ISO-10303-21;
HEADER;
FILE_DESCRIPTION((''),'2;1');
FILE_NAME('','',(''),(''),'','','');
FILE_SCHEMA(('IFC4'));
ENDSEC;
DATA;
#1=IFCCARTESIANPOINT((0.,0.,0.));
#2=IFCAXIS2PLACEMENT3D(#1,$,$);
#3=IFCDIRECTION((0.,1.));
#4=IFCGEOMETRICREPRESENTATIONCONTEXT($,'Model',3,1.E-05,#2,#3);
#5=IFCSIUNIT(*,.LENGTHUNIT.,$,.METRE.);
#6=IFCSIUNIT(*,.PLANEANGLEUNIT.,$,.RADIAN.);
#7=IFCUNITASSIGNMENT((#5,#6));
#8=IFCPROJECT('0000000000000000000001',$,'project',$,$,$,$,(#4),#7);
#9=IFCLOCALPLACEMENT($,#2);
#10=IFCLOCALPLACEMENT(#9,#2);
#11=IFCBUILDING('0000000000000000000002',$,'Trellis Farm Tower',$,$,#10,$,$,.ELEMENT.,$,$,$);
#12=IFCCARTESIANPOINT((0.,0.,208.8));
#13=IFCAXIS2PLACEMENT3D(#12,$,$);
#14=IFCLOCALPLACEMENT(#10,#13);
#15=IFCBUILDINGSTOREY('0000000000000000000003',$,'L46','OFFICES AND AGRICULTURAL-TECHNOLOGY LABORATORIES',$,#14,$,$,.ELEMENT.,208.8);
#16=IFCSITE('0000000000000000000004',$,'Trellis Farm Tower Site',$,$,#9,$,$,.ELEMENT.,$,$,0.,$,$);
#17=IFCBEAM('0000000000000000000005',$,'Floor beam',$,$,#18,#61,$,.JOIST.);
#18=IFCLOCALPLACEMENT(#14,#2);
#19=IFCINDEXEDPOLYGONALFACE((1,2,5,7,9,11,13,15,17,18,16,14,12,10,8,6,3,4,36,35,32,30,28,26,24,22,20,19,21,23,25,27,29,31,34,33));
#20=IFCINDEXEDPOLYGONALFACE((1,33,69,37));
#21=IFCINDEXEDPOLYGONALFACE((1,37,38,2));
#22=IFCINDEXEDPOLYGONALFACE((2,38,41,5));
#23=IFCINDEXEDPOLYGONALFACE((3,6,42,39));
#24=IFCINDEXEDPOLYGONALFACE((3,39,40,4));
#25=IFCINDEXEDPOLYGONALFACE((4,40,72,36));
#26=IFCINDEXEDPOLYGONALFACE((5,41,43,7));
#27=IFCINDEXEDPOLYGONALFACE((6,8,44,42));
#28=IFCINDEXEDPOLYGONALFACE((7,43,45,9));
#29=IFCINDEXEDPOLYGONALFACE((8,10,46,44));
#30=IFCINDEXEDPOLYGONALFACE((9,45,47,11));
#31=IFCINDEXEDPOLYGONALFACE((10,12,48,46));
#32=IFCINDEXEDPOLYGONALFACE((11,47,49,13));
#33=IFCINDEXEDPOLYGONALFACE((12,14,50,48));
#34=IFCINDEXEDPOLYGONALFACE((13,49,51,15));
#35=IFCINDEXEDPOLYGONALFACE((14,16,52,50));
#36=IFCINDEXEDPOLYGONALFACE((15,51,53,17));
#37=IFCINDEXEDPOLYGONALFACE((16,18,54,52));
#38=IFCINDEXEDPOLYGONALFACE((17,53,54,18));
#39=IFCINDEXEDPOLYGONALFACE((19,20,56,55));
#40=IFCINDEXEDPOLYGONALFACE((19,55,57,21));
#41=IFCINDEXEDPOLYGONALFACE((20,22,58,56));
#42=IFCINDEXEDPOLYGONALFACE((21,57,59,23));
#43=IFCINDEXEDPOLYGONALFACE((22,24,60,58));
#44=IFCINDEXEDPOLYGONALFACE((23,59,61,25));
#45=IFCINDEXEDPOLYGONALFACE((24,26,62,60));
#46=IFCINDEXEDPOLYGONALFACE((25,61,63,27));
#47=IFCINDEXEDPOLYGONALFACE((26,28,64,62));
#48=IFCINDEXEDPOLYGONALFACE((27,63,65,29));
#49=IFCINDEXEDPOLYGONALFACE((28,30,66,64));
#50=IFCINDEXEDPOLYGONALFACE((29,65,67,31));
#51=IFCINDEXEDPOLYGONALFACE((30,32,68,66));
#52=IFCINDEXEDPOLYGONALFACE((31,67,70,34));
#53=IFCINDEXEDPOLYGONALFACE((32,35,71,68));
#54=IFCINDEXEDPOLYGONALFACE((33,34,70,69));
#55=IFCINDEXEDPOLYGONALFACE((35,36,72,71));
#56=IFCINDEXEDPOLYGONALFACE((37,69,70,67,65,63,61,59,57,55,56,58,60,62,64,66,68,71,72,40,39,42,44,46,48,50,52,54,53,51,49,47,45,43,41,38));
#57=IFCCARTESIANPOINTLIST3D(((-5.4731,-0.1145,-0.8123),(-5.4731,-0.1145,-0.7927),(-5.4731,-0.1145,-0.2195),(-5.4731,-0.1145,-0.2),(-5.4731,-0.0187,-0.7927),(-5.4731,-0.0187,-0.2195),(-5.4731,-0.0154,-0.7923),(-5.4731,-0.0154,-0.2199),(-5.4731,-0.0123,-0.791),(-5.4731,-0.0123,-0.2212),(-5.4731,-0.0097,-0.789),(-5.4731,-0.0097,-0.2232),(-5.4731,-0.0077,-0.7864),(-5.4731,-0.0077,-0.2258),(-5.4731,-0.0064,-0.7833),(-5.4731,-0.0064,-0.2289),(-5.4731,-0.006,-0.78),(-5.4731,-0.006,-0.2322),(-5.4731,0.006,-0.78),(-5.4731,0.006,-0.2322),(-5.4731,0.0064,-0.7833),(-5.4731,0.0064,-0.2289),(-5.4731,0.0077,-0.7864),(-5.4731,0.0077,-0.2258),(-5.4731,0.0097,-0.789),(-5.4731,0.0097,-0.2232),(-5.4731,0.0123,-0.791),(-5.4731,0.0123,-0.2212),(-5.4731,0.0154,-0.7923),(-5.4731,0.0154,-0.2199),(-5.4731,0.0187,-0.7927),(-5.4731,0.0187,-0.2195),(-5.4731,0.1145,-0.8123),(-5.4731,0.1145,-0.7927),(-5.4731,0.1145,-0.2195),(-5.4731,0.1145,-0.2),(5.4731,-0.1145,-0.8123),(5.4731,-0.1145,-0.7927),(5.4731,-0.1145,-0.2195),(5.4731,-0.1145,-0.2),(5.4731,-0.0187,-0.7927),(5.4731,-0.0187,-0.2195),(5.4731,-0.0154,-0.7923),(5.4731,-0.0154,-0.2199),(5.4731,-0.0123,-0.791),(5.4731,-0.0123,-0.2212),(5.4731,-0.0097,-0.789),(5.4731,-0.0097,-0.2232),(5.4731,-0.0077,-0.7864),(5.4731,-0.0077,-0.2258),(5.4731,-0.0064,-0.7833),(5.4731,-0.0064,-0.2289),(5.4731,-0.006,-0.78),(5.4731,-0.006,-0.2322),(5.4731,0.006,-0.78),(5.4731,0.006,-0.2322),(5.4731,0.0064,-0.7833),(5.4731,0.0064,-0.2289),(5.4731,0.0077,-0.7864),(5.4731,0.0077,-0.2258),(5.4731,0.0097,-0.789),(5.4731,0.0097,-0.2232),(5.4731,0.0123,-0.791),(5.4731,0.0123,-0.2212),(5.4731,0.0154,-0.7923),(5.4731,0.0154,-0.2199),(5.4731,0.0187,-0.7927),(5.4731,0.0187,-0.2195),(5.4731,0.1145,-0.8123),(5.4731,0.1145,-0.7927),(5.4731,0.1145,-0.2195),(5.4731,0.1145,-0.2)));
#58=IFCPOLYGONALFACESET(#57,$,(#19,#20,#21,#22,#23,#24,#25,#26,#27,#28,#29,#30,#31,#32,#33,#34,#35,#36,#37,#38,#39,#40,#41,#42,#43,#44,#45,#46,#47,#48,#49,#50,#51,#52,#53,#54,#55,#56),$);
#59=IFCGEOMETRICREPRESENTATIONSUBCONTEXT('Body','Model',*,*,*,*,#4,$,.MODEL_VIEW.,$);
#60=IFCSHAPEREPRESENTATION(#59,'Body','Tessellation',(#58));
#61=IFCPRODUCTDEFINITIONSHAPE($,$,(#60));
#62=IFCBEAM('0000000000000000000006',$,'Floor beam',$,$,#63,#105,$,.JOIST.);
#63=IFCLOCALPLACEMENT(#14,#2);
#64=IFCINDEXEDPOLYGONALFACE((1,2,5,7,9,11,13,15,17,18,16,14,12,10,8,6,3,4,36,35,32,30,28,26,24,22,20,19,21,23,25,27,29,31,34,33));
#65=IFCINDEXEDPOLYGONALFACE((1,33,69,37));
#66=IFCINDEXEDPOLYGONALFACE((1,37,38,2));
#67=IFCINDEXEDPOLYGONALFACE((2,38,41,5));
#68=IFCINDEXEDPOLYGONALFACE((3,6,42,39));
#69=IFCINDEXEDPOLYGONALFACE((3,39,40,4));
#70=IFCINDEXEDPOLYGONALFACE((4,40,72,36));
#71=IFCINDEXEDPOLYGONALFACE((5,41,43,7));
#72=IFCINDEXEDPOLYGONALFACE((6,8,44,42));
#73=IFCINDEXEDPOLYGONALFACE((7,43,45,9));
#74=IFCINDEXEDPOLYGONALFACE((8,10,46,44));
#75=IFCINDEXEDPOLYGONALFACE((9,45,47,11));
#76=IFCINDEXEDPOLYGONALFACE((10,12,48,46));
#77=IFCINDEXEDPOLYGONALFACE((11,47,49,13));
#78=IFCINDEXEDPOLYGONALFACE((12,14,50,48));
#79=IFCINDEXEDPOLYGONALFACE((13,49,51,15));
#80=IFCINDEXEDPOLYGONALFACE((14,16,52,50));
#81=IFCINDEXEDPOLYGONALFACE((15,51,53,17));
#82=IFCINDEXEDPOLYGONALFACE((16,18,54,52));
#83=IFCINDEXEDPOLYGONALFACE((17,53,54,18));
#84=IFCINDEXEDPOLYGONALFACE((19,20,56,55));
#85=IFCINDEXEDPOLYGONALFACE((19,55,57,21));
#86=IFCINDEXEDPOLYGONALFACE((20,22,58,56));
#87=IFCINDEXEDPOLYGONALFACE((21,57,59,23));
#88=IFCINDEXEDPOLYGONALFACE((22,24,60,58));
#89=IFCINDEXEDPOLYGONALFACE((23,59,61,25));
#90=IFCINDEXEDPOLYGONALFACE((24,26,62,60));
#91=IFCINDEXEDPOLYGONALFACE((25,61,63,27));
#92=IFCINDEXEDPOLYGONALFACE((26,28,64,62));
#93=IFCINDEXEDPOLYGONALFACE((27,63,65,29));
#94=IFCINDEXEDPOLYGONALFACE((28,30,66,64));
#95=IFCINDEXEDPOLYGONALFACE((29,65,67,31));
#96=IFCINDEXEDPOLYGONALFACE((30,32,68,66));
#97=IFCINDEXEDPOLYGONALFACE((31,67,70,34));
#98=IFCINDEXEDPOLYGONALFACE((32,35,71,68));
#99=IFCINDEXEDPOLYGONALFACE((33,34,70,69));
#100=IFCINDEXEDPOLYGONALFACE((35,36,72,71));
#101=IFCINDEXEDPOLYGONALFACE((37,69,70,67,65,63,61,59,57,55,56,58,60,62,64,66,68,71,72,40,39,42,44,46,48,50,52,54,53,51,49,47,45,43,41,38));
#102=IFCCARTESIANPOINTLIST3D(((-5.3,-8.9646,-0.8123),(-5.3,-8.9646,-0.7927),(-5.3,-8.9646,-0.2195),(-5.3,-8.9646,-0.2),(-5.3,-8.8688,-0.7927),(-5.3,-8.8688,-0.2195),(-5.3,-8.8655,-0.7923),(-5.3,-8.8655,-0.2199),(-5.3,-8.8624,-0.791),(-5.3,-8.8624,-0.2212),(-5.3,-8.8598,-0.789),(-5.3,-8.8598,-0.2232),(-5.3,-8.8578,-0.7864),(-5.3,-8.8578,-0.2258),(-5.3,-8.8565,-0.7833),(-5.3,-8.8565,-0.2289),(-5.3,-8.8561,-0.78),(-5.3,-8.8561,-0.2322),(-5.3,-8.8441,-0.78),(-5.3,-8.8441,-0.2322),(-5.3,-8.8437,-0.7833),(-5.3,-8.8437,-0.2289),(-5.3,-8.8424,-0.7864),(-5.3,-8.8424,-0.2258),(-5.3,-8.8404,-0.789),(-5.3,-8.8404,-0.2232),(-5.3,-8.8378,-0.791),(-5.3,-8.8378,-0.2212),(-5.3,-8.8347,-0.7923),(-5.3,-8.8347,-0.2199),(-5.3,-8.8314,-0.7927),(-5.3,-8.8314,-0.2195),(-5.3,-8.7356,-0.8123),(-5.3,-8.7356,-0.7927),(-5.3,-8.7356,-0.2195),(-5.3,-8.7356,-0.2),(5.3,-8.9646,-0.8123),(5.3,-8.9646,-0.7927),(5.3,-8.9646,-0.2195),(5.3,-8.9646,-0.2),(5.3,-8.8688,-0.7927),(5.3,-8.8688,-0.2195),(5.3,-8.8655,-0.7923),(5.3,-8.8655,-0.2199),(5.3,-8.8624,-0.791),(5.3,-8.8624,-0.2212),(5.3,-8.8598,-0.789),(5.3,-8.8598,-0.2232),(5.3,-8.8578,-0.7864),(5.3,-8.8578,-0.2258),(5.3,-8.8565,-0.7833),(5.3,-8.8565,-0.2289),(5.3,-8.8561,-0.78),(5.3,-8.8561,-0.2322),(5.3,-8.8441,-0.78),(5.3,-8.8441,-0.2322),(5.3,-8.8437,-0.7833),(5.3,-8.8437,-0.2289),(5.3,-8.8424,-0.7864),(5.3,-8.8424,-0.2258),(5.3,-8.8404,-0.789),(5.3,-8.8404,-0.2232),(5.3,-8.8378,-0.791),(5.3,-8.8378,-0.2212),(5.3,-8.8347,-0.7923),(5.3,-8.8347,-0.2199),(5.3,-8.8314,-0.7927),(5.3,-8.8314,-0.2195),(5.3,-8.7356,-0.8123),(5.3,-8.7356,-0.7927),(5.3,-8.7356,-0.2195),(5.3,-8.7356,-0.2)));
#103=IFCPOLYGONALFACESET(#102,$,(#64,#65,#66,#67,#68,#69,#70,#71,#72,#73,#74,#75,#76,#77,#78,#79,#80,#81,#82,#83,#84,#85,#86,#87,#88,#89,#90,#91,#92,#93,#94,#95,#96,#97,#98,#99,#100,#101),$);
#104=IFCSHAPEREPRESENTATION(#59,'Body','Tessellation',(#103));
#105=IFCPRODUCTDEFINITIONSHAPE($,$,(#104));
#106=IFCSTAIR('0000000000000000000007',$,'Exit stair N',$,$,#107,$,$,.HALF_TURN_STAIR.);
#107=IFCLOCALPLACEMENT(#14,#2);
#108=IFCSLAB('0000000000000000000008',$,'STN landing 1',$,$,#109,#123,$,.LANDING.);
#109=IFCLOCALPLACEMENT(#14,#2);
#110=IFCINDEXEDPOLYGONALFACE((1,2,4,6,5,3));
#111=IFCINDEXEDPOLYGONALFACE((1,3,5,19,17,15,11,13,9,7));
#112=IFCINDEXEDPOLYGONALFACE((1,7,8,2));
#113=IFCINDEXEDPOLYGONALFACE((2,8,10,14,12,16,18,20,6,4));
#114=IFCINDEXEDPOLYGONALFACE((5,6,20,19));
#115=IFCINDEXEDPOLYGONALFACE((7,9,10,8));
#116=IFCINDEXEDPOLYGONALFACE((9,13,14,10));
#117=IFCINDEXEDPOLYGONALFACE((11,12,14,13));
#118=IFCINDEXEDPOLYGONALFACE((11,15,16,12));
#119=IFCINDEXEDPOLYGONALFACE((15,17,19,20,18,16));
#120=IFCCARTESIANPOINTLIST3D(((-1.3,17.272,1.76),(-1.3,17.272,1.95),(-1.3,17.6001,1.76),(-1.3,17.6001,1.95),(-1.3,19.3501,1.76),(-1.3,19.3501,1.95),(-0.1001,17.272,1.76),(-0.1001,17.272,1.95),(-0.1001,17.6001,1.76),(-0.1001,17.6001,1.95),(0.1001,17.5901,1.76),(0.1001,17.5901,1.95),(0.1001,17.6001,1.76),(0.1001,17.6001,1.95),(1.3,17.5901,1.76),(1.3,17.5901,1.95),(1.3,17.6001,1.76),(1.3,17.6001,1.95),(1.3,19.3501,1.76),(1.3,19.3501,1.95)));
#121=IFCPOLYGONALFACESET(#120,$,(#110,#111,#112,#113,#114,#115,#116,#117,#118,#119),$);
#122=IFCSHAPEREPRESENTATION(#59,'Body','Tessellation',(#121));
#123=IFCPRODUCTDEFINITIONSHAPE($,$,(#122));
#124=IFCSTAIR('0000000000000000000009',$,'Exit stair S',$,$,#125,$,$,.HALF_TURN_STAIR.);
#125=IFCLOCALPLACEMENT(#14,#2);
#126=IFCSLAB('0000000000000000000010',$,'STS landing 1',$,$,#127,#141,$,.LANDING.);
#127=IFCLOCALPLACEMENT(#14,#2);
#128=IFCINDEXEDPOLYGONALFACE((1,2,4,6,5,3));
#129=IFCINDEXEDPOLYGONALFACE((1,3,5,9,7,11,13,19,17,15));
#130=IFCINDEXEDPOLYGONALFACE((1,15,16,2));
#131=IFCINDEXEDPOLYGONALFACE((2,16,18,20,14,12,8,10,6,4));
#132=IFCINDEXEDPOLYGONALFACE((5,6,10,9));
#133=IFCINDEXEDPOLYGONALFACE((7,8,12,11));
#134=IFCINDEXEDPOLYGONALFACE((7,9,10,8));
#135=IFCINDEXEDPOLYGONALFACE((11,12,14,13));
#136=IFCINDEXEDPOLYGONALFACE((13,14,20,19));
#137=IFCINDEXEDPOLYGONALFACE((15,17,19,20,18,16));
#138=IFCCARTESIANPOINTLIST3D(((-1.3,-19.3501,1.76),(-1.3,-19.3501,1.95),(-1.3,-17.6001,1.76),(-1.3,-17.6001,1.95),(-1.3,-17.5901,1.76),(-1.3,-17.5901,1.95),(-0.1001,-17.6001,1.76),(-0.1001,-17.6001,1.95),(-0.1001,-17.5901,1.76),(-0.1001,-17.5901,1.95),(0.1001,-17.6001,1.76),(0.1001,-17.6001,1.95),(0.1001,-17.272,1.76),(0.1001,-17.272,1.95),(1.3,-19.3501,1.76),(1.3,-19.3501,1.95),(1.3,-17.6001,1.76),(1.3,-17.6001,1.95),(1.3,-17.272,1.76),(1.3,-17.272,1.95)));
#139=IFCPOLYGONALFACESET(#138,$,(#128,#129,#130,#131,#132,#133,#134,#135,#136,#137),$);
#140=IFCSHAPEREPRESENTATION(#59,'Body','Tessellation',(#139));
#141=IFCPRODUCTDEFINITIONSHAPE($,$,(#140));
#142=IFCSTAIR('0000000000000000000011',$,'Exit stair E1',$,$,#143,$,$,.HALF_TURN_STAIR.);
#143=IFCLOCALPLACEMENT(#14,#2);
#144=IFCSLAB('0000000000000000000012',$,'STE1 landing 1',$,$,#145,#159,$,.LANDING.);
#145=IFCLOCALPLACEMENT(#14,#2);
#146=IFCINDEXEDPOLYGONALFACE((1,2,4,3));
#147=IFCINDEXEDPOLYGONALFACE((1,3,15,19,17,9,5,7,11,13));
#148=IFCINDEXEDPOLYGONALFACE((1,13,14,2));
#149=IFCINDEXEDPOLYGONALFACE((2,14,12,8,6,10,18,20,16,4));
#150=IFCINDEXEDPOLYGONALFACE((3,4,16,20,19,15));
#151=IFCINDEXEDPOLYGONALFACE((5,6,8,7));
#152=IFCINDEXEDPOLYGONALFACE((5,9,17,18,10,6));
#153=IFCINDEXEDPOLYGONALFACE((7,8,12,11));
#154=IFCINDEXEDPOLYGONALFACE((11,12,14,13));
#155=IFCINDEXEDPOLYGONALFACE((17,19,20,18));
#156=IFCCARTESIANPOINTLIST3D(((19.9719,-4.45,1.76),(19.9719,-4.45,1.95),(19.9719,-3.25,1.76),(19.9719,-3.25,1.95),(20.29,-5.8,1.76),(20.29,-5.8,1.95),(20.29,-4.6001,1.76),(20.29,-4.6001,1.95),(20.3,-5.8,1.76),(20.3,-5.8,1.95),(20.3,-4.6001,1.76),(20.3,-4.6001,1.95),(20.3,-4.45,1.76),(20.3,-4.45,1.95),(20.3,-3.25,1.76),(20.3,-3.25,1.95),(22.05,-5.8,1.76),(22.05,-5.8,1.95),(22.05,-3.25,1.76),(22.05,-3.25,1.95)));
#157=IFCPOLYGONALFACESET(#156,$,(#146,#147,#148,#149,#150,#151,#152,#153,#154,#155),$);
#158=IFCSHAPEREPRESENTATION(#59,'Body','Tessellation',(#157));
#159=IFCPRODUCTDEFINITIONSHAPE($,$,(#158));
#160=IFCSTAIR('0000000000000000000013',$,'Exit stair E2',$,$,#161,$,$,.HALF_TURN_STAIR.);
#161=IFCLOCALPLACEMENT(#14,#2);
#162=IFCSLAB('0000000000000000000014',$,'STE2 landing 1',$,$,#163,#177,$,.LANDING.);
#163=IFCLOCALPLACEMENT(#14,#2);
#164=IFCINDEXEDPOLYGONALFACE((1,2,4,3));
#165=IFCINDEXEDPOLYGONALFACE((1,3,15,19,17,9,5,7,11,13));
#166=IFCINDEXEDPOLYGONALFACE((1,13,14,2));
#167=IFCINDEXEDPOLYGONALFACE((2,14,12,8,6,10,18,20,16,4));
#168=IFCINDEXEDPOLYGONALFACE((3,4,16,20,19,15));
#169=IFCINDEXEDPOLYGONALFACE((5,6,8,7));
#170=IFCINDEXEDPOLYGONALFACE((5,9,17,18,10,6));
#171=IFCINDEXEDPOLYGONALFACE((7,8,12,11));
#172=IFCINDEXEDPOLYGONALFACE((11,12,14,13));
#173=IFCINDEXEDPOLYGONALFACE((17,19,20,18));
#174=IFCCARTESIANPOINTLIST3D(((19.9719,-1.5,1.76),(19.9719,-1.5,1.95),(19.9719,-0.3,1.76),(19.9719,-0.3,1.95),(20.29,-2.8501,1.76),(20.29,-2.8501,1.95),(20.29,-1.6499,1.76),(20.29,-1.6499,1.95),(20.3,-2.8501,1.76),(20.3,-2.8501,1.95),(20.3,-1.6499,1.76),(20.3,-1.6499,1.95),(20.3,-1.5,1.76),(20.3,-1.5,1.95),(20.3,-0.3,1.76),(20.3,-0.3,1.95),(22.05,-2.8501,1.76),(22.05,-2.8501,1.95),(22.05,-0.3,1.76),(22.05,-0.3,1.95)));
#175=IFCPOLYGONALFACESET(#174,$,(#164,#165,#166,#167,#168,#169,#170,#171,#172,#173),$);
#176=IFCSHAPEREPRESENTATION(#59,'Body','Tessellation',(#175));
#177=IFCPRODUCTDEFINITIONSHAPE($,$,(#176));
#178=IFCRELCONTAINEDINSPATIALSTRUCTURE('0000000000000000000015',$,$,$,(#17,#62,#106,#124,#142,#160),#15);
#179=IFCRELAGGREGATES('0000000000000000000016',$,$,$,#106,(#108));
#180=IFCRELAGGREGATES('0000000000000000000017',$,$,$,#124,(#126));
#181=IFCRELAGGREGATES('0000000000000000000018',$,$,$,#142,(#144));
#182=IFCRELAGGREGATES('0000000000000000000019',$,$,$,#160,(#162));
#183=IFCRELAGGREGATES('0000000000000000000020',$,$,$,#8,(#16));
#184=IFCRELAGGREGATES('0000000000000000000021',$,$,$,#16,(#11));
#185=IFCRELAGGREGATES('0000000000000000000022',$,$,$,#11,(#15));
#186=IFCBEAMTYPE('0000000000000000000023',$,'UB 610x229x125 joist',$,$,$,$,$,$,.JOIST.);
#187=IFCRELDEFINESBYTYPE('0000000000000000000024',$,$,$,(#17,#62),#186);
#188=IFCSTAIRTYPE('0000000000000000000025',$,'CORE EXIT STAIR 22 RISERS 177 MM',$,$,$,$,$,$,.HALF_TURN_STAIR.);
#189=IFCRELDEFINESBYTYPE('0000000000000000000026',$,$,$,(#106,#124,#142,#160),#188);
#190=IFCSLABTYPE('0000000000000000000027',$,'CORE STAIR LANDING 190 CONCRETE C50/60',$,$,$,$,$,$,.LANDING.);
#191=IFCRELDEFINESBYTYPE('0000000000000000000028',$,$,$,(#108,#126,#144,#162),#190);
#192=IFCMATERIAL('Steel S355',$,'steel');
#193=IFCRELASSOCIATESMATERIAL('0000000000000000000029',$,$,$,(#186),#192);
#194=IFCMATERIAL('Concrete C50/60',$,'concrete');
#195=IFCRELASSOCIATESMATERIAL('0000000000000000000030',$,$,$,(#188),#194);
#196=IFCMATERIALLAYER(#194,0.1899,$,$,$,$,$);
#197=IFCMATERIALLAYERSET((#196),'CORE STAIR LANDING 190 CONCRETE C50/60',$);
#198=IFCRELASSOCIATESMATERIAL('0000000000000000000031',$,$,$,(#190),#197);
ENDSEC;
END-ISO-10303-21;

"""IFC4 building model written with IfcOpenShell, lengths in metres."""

from ifc_helpers import new_model, si_unit, direction, frame, origin, origin_2d, place, context, subcontext, project, spatial, polyline, i_section, outline, extrude, source, transform, mapped, material, layer, layer_set, material_profile, profile_set, type_object, element, aggregate, save


model = new_model("IFC4")

# Units and contexts
model_context = context("Model", 3, precision=1e-05, world=origin(), true_north=direction((0.0, 1.0)))
body_context = subcontext(model_context, "Body", "Model", "MODEL_VIEW")
ifc_project = project(units=[si_unit("LENGTHUNIT", "METRE"), si_unit("PLANEANGLEUNIT", "RADIAN")], contexts=[model_context])

# Site, building, storey
site_placement = place(None, origin())
site = spatial("IfcSite", under=ifc_project, at=site_placement, Name="Trellis Farm Tower Site", CompositionType="ELEMENT", RefElevation=0.0)
building_placement = place(site_placement, origin())
building = spatial("IfcBuilding", under=site, at=building_placement, Name="Trellis Farm Tower", CompositionType="ELEMENT")
storey_placement = place(building_placement, frame((0.0, 0.0, 208.8)))
storey = spatial("IfcBuildingStorey", under=building, at=storey_placement, Name="L46", Description="OFFICES AND AGRICULTURAL-TECHNOLOGY LABORATORIES", CompositionType="ELEMENT", Elevation=208.8)

# Beams
ifc_material_1 = material(Name="Steel S355", Category="steel")
ifc_material_profile_1 = material_profile(ifc_material_1, i_section(OverallWidth=0.229, OverallDepth=0.6123, WebThickness=0.012, FlangeThickness=0.0195, FilletRadius=0.0127, at=origin_2d()), Name="UB 610x229x125")
ifc_profile_set_1 = profile_set([ifc_material_profile_1], Name="Steel S355")
beam_type_1 = type_object("IfcBeamType", Name="UB 610x229x125 joist", PredefinedType="JOIST", material=ifc_profile_set_1)
shared_shape_1 = source(origin(), body_context, "Body", "SweptSolid", [
    extrude(i_section(OverallWidth=0.229, OverallDepth=0.6123, WebThickness=0.012, FlangeThickness=0.0195, FilletRadius=0.0127, at=origin_2d()), origin(), (0.0, 0.0, 1.0), 10.9463),
])
for number, where, z_axis, x_axis, name in (
    (1, (-5.4731, 0.0, -0.5061), (1.0, 0.0, 0.0), (0.0, 1.0, 0.0), "Floor beam"),
):
    element("IfcBeam", number, at=place(storey_placement, frame(where, z_axis=z_axis, x_axis=x_axis)), inside=storey, type_object=beam_type_1, Name=name, PredefinedType="JOIST", context=body_context, shape_type="MappedRepresentation", body=[
        mapped(shared_shape_1, transform((0.0, 0.0, 0.0))),
    ])
shared_shape_2 = source(origin(), body_context, "Body", "SweptSolid", [
    extrude(i_section(OverallWidth=0.229, OverallDepth=0.6123, WebThickness=0.012, FlangeThickness=0.0195, FilletRadius=0.0127, at=origin_2d()), origin(), (0.0, 0.0, 1.0), 10.6001),
])
beam_placement = place(storey_placement, frame((-5.3, -8.8501, -0.5061), z_axis=(1.0, 0.0, 0.0), x_axis=(0.0, 1.0, 0.0)))
element("IfcBeam", 2, at=beam_placement, inside=storey, type_object=beam_type_1, Name="Floor beam", PredefinedType="JOIST", context=body_context, shape_type="MappedRepresentation", body=[
    mapped(shared_shape_2, transform((0.0, 0.0, 0.0))),
])

# Stairs, slabs
ifc_material_2 = material(Name="Concrete C50/60", Category="concrete")
stair_type = type_object("IfcStairType", Name="CORE EXIT STAIR 22 RISERS 177 MM", PredefinedType="HALF_TURN_STAIR", material=ifc_material_2)
placement_1 = place(storey_placement, origin())
stair_1 = element("IfcStair", 3, at=placement_1, inside=storey, type_object=stair_type, Name="Exit stair N", PredefinedType="HALF_TURN_STAIR")
ifc_layer_1 = layer(ifc_material_2, 0.1899)
ifc_layer_set_1 = layer_set([ifc_layer_1], Name="CORE STAIR LANDING 190 CONCRETE C50/60")
slab_type_1 = type_object("IfcSlabType", Name="CORE STAIR LANDING 190 CONCRETE C50/60", PredefinedType="LANDING", material=ifc_layer_set_1)
shared_shape_3 = source(origin(), body_context, "Body", "SweptSolid", [
    extrude(outline(polyline([(-0.1001, 17.272), (-1.3, 17.272), (-1.3, 17.6001), (-1.3, 19.3501), (1.3, 19.3501), (1.3, 17.6001), (1.3, 17.5901), (0.1001, 17.5901), (0.1001, 17.6001), (-0.1001, 17.6001), (-0.1001, 17.272)])), origin(), (0.0, 0.0, 1.0), 0.1899),
])
placement_2 = place(storey_placement, frame((0.0, 0.0, 1.76)))
slab_1 = element("IfcSlab", 4, at=placement_2, type_object=slab_type_1, Name="STN landing 1", PredefinedType="LANDING", context=body_context, shape_type="MappedRepresentation", body=[
    mapped(shared_shape_3, transform((0.0, 0.0, 0.0))),
])
aggregate(stair_1, [slab_1])
stair_2 = element("IfcStair", 5, at=placement_1, inside=storey, type_object=stair_type, Name="Exit stair S", PredefinedType="HALF_TURN_STAIR")
shared_shape_4 = source(origin(), body_context, "Body", "SweptSolid", [
    extrude(outline(polyline([(1.3, -19.3501), (-1.3, -19.3501), (-1.3, -17.6001), (-1.3, -17.5901), (-0.1001, -17.5901), (-0.1001, -17.6001), (0.1001, -17.6001), (0.1001, -17.272), (1.3, -17.272), (1.3, -17.6001), (1.3, -19.3501)])), origin(), (0.0, 0.0, 1.0), 0.1899),
])
slab_2 = element("IfcSlab", 6, at=placement_2, type_object=slab_type_1, Name="STS landing 1", PredefinedType="LANDING", context=body_context, shape_type="MappedRepresentation", body=[
    mapped(shared_shape_4, transform((0.0, 0.0, 0.0))),
])
aggregate(stair_2, [slab_2])
stair_3 = element("IfcStair", 7, at=placement_1, inside=storey, type_object=stair_type, Name="Exit stair E1", PredefinedType="HALF_TURN_STAIR")
shared_shape_5 = source(origin(), body_context, "Body", "SweptSolid", [
    extrude(outline(polyline([(20.29, -5.8), (20.29, -4.6001), (20.3, -4.6001), (20.3, -4.45), (19.9719, -4.45), (19.9719, -3.25), (20.3, -3.25), (22.05, -3.25), (22.05, -5.8), (20.3, -5.8), (20.29, -5.8)])), origin(), (0.0, 0.0, 1.0), 0.1899),
])
slab_3 = element("IfcSlab", 8, at=placement_2, type_object=slab_type_1, Name="STE1 landing 1", PredefinedType="LANDING", context=body_context, shape_type="MappedRepresentation", body=[
    mapped(shared_shape_5, transform((0.0, 0.0, 0.0))),
])
aggregate(stair_3, [slab_3])
stair_4 = element("IfcStair", 9, at=placement_1, inside=storey, type_object=stair_type, Name="Exit stair E2", PredefinedType="HALF_TURN_STAIR")
shared_shape_6 = source(origin(), body_context, "Body", "SweptSolid", [
    extrude(outline(polyline([(20.29, -2.8501), (20.29, -1.6499), (20.3, -1.6499), (20.3, -1.5), (19.9719, -1.5), (19.9719, -0.3), (20.3, -0.3), (22.05, -0.3), (22.05, -2.8501), (20.3, -2.8501), (20.29, -2.8501)])), origin(), (0.0, 0.0, 1.0), 0.1899),
])
slab_4 = element("IfcSlab", 10, at=placement_2, type_object=slab_type_1, Name="STE2 landing 1", PredefinedType="LANDING", context=body_context, shape_type="MappedRepresentation", body=[
    mapped(shared_shape_6, transform((0.0, 0.0, 0.0))),
])
aggregate(stair_4, [slab_4])

save(model, "model.ifc")
